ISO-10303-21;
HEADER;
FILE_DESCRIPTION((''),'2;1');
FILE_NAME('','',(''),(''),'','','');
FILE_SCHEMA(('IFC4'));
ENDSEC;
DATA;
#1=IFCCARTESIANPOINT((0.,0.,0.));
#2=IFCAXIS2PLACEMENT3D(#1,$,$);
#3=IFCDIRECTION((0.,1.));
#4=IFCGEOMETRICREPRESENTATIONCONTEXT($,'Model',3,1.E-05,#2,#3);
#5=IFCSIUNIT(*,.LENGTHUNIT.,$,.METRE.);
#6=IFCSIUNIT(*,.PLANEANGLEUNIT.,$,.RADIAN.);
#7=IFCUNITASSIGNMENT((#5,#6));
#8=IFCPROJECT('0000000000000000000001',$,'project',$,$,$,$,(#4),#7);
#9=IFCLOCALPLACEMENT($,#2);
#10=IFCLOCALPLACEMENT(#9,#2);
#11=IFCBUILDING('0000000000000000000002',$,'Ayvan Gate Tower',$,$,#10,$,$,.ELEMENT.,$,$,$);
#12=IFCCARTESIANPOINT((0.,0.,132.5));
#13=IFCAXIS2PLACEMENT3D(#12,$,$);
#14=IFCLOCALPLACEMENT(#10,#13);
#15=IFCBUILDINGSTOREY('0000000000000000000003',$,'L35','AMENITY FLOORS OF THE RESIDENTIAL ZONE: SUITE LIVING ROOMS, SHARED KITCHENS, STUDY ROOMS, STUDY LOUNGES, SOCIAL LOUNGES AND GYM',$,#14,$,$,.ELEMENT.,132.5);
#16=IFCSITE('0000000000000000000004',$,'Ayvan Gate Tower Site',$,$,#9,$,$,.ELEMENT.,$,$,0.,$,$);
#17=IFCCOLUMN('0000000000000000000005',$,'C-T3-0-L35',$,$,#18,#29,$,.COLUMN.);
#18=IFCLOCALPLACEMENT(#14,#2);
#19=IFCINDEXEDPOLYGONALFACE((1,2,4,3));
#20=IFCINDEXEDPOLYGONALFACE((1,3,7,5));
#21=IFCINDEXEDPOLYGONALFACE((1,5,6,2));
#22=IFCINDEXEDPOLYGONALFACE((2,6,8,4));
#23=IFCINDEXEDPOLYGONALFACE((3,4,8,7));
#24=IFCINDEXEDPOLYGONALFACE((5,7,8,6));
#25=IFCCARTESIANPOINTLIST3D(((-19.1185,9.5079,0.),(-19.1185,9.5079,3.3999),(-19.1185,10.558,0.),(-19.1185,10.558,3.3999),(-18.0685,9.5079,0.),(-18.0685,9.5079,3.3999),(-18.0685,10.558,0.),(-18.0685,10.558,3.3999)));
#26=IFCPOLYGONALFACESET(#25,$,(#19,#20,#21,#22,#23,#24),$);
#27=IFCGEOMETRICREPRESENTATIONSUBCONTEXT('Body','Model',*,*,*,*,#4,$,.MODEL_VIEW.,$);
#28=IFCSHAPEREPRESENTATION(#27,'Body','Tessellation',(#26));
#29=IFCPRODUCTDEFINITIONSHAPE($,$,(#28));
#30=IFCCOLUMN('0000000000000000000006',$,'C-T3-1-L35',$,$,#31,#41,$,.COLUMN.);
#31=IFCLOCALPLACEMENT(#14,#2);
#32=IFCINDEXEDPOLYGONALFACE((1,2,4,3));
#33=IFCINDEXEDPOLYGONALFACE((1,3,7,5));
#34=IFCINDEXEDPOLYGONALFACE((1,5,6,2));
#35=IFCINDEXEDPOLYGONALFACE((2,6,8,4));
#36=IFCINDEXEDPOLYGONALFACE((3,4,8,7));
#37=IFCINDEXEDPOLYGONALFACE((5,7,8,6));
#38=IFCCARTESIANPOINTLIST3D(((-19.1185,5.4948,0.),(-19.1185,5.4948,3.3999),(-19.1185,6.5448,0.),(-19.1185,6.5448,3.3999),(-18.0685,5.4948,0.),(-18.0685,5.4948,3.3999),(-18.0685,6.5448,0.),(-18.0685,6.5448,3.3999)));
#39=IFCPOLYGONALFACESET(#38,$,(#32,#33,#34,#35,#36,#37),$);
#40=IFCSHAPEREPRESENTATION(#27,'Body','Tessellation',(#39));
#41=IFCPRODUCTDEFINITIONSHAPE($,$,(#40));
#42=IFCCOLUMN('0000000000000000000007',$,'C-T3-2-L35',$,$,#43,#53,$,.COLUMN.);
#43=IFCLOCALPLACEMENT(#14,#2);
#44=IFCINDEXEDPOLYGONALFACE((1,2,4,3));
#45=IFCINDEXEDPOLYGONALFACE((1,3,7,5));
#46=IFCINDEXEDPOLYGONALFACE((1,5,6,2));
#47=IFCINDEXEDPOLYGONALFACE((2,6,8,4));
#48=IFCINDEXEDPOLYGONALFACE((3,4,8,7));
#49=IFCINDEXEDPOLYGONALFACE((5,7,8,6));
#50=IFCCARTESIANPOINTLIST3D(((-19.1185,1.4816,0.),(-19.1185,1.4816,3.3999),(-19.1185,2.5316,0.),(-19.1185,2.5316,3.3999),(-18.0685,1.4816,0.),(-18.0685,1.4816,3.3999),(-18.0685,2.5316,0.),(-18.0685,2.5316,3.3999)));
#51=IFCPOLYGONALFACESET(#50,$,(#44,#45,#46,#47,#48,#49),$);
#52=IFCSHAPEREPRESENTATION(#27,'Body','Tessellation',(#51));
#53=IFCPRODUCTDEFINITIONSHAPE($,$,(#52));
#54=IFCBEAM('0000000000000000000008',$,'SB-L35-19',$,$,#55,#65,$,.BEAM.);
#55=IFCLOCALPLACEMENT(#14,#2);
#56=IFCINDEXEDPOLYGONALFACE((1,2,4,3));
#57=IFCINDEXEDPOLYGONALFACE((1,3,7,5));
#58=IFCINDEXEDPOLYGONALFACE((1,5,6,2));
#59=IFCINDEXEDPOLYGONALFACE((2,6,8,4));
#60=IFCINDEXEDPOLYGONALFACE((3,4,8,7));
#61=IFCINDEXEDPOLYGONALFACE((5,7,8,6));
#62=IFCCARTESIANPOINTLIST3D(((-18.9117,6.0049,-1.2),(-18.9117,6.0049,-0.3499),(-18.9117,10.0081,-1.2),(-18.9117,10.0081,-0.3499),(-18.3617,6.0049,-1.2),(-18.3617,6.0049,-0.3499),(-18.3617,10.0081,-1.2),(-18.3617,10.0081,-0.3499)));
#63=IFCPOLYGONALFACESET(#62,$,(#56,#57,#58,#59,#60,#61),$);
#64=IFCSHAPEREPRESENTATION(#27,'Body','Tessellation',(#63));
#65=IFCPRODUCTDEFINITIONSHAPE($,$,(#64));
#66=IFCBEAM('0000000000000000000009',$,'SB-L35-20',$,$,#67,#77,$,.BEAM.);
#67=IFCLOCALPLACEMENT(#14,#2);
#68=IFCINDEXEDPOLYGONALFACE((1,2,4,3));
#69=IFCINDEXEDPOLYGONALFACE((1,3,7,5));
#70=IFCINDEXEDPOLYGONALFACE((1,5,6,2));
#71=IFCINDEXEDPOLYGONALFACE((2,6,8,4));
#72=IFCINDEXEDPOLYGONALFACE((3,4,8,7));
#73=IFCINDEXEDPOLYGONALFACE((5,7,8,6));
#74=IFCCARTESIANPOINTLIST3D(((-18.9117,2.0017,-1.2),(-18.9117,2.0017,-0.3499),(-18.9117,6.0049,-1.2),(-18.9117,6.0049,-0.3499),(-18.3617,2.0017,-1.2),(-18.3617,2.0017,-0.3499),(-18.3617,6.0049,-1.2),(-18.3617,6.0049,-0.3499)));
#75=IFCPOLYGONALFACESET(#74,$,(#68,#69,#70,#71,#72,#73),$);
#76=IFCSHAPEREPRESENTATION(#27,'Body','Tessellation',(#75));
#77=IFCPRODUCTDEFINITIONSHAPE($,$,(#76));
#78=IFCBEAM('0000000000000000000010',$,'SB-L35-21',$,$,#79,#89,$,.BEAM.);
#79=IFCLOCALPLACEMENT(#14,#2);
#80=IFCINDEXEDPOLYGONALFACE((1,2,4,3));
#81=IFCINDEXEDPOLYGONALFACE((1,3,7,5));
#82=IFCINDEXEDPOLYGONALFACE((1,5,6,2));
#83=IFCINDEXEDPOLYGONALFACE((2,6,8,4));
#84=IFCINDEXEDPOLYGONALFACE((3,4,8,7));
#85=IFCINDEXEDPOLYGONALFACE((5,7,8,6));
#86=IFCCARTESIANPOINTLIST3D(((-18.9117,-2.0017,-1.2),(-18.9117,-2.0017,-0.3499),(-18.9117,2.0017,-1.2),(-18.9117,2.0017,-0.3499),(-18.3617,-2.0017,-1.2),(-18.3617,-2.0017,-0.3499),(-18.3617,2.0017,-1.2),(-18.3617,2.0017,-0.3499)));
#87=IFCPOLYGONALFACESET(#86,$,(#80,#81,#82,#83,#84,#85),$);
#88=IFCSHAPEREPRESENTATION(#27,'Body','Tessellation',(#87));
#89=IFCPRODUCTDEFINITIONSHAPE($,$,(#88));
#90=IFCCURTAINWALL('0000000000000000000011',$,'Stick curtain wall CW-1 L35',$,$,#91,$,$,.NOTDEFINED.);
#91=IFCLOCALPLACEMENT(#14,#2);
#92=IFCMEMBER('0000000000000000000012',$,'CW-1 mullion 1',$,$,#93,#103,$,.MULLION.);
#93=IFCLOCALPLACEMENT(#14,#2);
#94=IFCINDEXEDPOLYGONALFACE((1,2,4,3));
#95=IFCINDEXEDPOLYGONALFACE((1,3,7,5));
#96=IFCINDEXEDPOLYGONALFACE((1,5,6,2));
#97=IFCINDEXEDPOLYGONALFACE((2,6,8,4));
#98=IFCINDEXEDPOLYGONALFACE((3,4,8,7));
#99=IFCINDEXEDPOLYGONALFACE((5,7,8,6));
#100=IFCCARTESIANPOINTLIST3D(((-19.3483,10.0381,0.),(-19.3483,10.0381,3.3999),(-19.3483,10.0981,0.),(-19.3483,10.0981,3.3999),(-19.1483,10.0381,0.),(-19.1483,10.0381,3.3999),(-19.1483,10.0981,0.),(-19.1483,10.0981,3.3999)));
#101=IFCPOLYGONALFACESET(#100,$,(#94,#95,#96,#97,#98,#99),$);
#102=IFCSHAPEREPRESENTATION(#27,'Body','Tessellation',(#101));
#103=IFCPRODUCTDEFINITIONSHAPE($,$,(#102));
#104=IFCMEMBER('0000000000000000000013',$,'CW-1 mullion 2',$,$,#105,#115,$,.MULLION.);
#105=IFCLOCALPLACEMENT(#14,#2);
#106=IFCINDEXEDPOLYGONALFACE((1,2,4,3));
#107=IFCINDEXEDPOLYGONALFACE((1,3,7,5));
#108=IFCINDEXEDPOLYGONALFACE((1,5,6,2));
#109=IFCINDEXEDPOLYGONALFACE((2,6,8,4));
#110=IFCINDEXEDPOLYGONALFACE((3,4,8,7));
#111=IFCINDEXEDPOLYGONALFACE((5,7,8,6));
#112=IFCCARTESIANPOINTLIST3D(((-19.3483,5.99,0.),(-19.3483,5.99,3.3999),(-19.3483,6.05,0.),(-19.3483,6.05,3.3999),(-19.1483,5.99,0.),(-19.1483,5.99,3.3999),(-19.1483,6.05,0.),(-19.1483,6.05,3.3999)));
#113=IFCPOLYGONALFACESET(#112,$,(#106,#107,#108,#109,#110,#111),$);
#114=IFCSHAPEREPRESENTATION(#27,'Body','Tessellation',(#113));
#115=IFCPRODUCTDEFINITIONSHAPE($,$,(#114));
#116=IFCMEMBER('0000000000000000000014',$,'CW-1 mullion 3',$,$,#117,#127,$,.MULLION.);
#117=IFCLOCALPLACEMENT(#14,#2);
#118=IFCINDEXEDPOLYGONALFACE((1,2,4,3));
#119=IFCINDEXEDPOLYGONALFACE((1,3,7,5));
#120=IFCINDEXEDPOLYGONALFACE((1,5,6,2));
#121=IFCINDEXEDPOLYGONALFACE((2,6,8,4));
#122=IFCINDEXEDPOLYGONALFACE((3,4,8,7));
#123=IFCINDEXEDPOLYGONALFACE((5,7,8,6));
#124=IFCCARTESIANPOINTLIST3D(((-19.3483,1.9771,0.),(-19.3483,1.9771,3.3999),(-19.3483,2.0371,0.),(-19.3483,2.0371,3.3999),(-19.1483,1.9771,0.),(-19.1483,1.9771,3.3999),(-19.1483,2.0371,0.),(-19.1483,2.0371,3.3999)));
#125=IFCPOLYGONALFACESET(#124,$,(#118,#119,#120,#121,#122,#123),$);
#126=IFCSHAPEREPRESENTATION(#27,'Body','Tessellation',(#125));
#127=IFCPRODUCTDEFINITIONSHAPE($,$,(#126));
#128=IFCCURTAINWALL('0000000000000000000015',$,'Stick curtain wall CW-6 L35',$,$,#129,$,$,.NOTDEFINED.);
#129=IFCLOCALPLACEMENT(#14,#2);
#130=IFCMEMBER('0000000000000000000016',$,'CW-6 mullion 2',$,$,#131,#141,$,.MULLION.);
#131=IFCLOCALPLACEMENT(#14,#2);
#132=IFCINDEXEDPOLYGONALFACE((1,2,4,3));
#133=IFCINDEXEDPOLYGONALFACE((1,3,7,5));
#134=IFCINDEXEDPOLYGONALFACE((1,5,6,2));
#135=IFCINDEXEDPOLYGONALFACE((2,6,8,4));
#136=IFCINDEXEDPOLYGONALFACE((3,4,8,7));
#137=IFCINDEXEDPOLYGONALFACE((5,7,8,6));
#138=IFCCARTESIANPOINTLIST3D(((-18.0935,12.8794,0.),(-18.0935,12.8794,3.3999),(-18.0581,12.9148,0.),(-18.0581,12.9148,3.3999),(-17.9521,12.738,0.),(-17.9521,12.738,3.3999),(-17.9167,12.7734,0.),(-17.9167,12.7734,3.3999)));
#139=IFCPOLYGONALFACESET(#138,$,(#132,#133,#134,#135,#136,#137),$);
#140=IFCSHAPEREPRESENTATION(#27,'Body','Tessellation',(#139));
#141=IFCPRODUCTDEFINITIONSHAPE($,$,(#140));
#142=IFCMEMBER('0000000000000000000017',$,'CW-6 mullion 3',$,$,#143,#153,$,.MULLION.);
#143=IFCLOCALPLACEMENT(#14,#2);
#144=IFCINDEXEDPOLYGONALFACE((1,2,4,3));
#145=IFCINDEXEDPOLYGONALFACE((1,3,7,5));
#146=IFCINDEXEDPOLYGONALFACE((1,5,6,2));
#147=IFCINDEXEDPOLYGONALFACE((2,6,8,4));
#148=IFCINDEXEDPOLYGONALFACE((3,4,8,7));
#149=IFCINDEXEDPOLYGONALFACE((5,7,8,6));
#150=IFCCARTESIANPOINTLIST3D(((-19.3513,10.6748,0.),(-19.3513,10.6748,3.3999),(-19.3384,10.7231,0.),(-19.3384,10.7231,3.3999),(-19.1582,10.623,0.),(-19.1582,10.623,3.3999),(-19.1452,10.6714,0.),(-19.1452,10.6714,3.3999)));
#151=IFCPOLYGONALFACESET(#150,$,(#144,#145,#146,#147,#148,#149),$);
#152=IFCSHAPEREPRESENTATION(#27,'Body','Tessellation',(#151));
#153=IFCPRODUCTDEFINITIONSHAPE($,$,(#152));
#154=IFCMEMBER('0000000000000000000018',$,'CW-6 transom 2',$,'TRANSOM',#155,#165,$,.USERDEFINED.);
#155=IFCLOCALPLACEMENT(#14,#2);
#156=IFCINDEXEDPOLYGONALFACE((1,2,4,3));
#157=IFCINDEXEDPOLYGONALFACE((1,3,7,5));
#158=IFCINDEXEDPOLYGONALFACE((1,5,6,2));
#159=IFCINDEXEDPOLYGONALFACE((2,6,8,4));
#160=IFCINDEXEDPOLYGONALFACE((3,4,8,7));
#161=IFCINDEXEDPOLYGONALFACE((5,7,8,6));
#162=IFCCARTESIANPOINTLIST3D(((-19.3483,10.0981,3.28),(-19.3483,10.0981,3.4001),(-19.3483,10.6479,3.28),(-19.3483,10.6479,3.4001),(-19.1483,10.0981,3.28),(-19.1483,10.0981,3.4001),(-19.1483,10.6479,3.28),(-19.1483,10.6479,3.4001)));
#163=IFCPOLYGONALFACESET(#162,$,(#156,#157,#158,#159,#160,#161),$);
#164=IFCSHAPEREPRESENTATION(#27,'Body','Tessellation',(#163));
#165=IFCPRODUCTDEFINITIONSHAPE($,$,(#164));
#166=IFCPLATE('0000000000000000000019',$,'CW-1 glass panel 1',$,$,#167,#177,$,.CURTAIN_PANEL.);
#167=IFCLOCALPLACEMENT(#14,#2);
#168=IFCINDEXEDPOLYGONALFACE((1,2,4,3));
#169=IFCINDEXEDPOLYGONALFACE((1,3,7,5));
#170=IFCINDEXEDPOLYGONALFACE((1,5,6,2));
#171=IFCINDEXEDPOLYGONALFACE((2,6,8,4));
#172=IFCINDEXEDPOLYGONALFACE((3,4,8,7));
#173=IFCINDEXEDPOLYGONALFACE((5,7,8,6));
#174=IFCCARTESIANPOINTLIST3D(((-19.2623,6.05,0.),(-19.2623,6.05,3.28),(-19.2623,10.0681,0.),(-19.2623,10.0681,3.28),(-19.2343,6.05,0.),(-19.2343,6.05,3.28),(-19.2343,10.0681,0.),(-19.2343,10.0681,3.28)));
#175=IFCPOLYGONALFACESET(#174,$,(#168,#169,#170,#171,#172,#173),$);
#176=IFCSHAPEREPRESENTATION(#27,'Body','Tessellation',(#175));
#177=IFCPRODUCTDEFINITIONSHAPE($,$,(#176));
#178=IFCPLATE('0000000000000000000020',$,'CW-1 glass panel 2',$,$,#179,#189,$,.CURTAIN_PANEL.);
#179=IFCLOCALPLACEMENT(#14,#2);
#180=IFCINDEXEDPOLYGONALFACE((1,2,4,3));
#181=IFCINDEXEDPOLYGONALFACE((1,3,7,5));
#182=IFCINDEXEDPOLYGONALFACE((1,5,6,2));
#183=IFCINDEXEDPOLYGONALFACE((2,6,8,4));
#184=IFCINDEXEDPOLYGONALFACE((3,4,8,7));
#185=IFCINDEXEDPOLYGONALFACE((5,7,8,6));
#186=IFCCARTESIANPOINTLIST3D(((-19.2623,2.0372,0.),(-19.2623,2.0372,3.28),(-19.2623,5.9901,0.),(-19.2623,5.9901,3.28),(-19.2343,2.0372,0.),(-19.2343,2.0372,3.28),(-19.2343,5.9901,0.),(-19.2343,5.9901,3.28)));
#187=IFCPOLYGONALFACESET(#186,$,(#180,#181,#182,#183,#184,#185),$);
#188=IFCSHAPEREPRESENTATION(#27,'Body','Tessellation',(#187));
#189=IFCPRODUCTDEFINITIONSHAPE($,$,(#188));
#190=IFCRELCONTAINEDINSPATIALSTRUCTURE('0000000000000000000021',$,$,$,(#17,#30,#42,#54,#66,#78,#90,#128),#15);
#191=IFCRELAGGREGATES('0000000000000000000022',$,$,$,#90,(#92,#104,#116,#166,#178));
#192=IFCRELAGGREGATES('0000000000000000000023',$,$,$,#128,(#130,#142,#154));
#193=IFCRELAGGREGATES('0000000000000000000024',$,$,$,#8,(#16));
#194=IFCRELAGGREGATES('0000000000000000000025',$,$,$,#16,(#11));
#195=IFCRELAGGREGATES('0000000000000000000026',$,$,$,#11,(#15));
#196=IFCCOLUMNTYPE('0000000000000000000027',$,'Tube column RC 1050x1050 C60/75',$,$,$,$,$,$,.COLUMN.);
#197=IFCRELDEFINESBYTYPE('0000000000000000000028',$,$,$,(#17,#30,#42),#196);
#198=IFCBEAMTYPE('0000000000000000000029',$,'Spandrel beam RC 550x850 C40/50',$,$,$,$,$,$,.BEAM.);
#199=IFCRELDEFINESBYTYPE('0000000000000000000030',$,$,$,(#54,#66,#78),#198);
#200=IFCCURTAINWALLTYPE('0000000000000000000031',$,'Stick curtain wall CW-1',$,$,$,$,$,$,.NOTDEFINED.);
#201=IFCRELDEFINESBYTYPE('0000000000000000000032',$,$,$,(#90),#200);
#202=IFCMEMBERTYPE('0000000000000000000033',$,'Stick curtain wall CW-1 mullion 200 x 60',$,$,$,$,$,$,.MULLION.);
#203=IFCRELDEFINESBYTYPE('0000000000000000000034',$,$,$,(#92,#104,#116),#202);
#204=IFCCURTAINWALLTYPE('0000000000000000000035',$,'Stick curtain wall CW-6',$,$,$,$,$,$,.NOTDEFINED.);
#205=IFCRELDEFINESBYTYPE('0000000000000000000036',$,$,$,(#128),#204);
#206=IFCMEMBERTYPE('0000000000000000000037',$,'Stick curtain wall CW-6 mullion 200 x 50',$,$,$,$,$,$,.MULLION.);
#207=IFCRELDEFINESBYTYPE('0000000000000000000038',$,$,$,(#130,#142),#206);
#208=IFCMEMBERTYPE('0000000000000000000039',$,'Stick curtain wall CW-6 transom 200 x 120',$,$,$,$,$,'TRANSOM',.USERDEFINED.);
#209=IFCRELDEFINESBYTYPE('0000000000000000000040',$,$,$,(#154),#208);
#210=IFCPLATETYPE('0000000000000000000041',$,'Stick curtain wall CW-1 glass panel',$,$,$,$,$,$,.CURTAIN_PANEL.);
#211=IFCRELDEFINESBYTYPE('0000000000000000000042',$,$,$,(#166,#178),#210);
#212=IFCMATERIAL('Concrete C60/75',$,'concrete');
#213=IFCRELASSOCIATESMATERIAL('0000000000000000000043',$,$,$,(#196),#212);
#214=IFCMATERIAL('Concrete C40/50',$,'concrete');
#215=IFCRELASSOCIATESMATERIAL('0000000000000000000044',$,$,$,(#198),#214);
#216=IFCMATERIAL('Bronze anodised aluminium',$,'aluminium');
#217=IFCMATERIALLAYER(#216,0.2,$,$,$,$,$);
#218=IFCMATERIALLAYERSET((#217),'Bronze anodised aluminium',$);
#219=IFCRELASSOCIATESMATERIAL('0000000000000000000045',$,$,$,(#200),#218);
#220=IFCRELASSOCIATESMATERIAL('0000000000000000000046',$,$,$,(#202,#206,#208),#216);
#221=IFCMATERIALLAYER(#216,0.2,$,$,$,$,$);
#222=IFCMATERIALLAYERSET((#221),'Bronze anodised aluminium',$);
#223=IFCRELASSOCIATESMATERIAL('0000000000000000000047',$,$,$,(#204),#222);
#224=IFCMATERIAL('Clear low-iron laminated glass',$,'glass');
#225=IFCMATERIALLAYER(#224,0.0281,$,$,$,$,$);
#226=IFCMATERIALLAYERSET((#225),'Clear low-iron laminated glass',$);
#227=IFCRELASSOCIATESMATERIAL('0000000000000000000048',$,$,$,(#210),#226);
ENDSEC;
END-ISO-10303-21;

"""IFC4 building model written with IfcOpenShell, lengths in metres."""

from ifc_helpers import new_model, si_unit, direction, frame, origin, origin_2d, place, context, subcontext, project, spatial, rectangle, extrude, material, layer, layer_set, material_profile, profile_set, type_object, element, aggregate, save


model = new_model("IFC4")

# Units and contexts
model_context = context("Model", 3, precision=1e-05, world=origin(), true_north=direction((0.0, 1.0)))
body_context = subcontext(model_context, "Body", "Model", "MODEL_VIEW")
ifc_project = project(units=[si_unit("LENGTHUNIT", "METRE"), si_unit("PLANEANGLEUNIT", "RADIAN")], contexts=[model_context])

# Site, building, storey
site_placement = place(None, origin())
site = spatial("IfcSite", under=ifc_project, at=site_placement, Name="Ayvan Gate Tower Site", CompositionType="ELEMENT", RefElevation=0.0)
building_placement = place(site_placement, origin())
building = spatial("IfcBuilding", under=site, at=building_placement, Name="Ayvan Gate Tower", CompositionType="ELEMENT")
storey_placement = place(building_placement, frame((0.0, 0.0, 132.5)))
storey = spatial("IfcBuildingStorey", under=building, at=storey_placement, Name="L35", Description="AMENITY FLOORS OF THE RESIDENTIAL ZONE: SUITE LIVING ROOMS, SHARED KITCHENS, STUDY ROOMS, STUDY LOUNGES, SOCIAL LOUNGES AND GYM", CompositionType="ELEMENT", Elevation=132.5)

# Columns
ifc_material_1 = material(Name="Concrete C60/75", Category="concrete")
ifc_material_profile_1 = material_profile(ifc_material_1, rectangle(XDim=1.05, YDim=1.05, at=origin_2d()), Name="RC 1050x1050")
ifc_profile_set_1 = profile_set([ifc_material_profile_1], Name="Concrete C60/75")
column_type = type_object("IfcColumnType", Name="Tube column RC 1050x1050 C60/75", PredefinedType="COLUMN", material=ifc_profile_set_1)
for number, where, z_axis, x_axis, name in (
    (1, (-18.5935, 10.033, 0.0), (0.0, 0.0, 1.0), (-1.0, 0.0, 0.0), "C-T3-0-L35"),
    (2, (-18.5935, 6.0198, 0.0), (0.0, 0.0, 1.0), (-1.0, 0.0, 0.0), "C-T3-1-L35"),
    (3, (-18.5935, 2.0066, 0.0), (0.0, 0.0, 1.0), (-1.0, 0.0, 0.0), "C-T3-2-L35"),
):
    element("IfcColumn", number, at=place(storey_placement, frame(where, z_axis=z_axis, x_axis=x_axis)), inside=storey, type_object=column_type, Name=name, PredefinedType="COLUMN", context=body_context, shape_type="SweptSolid", body=[
        extrude(rectangle(XDim=1.05, YDim=1.05, at=origin_2d()), origin(), (0.0, 0.0, 1.0), 3.3999),
    ])

# Beams
ifc_material_2 = material(Name="Concrete C40/50", Category="concrete")
ifc_material_profile_2 = material_profile(ifc_material_2, rectangle(XDim=0.55, YDim=0.8501, at=origin_2d()), Name="RC 550x850")
ifc_profile_set_2 = profile_set([ifc_material_profile_2], Name="Concrete C40/50")
beam_type = type_object("IfcBeamType", Name="Spandrel beam RC 550x850 C40/50", PredefinedType="BEAM", material=ifc_profile_set_2)
for number, where, z_axis, x_axis, name in (
    (4, (-18.6367, 10.0081, -0.7749), (0.0, -1.0, 0.0), (1.0, 0.0, 0.0), "SB-L35-19"),
    (5, (-18.6367, 6.0049, -0.7749), (0.0, -1.0, 0.0), (1.0, 0.0, 0.0), "SB-L35-20"),
):
    element("IfcBeam", number, at=place(storey_placement, frame(where, z_axis=z_axis, x_axis=x_axis)), inside=storey, type_object=beam_type, Name=name, PredefinedType="BEAM", context=body_context, shape_type="SweptSolid", body=[
        extrude(rectangle(XDim=0.55, YDim=0.8501, at=origin_2d()), origin(), (0.0, 0.0, 1.0), 4.0032),
    ])
beam_placement = place(storey_placement, frame((-18.6367, 2.0017, -0.7749), z_axis=(0.0, -1.0, 0.0), x_axis=(1.0, 0.0, 0.0)))
element("IfcBeam", 6, at=beam_placement, inside=storey, type_object=beam_type, Name="SB-L35-21", PredefinedType="BEAM", context=body_context, shape_type="SweptSolid", body=[
    extrude(rectangle(XDim=0.55, YDim=0.8501, at=origin_2d()), origin(), (0.0, 0.0, 1.0), 4.0034),
])

# Curtain walls, members
ifc_material_3 = material(Name="Bronze anodised aluminium", Category="aluminium")
ifc_layer_1 = layer(ifc_material_3, 0.2)
ifc_layer_set_1 = layer_set([ifc_layer_1], Name="Bronze anodised aluminium")
curtain_wall_type_1 = type_object("IfcCurtainWallType", Name="Stick curtain wall CW-1", PredefinedType="NOTDEFINED", material=ifc_layer_set_1)
curtain_wall_1_placement = place(storey_placement, origin())
curtain_wall_1 = element("IfcCurtainWall", 7, at=curtain_wall_1_placement, inside=storey, type_object=curtain_wall_type_1, Name="Stick curtain wall CW-1 L35", PredefinedType="NOTDEFINED")
ifc_material_profile_3 = material_profile(ifc_material_3, rectangle(XDim=0.2, YDim=0.0601, at=origin_2d()), Name="Stick curtain wall CW-1 mullion 200 x 60")
ifc_profile_set_3 = profile_set([ifc_material_profile_3], Name="Bronze anodised aluminium")
member_type_1 = type_object("IfcMemberType", Name="Stick curtain wall CW-1 mullion 200 x 60", PredefinedType="MULLION", material=ifc_profile_set_3)
member_1_placement = place(storey_placement, frame((-19.2483, 10.0681, 0.0), z_axis=(0.0, 0.0, 1.0), x_axis=(-1.0, 0.0, 0.0)))
member_1 = element("IfcMember", 8, at=member_1_placement, type_object=member_type_1, Name="CW-1 mullion 1", PredefinedType="MULLION", context=body_context, shape_type="SweptSolid", body=[
    extrude(rectangle(XDim=0.2, YDim=0.0601, at=origin_2d()), origin(), (0.0, 0.0, 1.0), 3.3999),
])
member_2_placement = place(storey_placement, frame((-19.2483, 6.02, 0.0), z_axis=(0.0, 0.0, 1.0), x_axis=(-1.0, 0.0, 0.0)))
member_2 = element("IfcMember", 9, at=member_2_placement, type_object=member_type_1, Name="CW-1 mullion 2", PredefinedType="MULLION", context=body_context, shape_type="SweptSolid", body=[
    extrude(rectangle(XDim=0.2, YDim=0.0601, at=origin_2d()), origin(), (0.0, 0.0, 1.0), 3.3999),
])
member_3_placement = place(storey_placement, frame((-19.2483, 2.0071, 0.0), z_axis=(0.0, 0.0, 1.0), x_axis=(-1.0, 0.0, 0.0)))
member_3 = element("IfcMember", 10, at=member_3_placement, type_object=member_type_1, Name="CW-1 mullion 3", PredefinedType="MULLION", context=body_context, shape_type="SweptSolid", body=[
    extrude(rectangle(XDim=0.2, YDim=0.0601, at=origin_2d()), origin(), (0.0, 0.0, 1.0), 3.3999),
])
ifc_layer_2 = layer(ifc_material_3, 0.2)
ifc_layer_set_2 = layer_set([ifc_layer_2], Name="Bronze anodised aluminium")
curtain_wall_type_2 = type_object("IfcCurtainWallType", Name="Stick curtain wall CW-6", PredefinedType="NOTDEFINED", material=ifc_layer_set_2)
curtain_wall_2_placement = place(storey_placement, origin())
curtain_wall_2 = element("IfcCurtainWall", 11, at=curtain_wall_2_placement, inside=storey, type_object=curtain_wall_type_2, Name="Stick curtain wall CW-6 L35", PredefinedType="NOTDEFINED")
ifc_material_profile_4 = material_profile(ifc_material_3, rectangle(XDim=0.2, YDim=0.05, at=origin_2d()), Name="Stick curtain wall CW-6 mullion 200 x 50")
ifc_profile_set_4 = profile_set([ifc_material_profile_4], Name="Bronze anodised aluminium")
member_type_2 = type_object("IfcMemberType", Name="Stick curtain wall CW-6 mullion 200 x 50", PredefinedType="MULLION", material=ifc_profile_set_4)
member_4_placement = place(storey_placement, frame((-18.0051, 12.8264, 0.0), z_axis=(0.0, 0.0, 1.0), x_axis=(-0.707107, 0.707107, 0.0)))
member_4 = element("IfcMember", 12, at=member_4_placement, type_object=member_type_2, Name="CW-6 mullion 2", PredefinedType="MULLION", context=body_context, shape_type="SweptSolid", body=[
    extrude(rectangle(XDim=0.2, YDim=0.05, at=origin_2d()), origin(), (0.0, 0.0, 1.0), 3.3999),
])
member_5_placement = place(storey_placement, frame((-19.2483, 10.6731, 0.0), z_axis=(0.0, 0.0, 1.0), x_axis=(-0.965926, 0.258819, 0.0)))
member_5 = element("IfcMember", 13, at=member_5_placement, type_object=member_type_2, Name="CW-6 mullion 3", PredefinedType="MULLION", context=body_context, shape_type="SweptSolid", body=[
    extrude(rectangle(XDim=0.2, YDim=0.05, at=origin_2d()), origin(), (0.0, 0.0, 1.0), 3.3999),
])
ifc_material_profile_5 = material_profile(ifc_material_3, rectangle(XDim=0.2, YDim=0.1201, at=origin_2d()), Name="Stick curtain wall CW-6 transom 200 x 120")
ifc_profile_set_5 = profile_set([ifc_material_profile_5], Name="Bronze anodised aluminium")
member_type_3 = type_object("IfcMemberType", Name="Stick curtain wall CW-6 transom 200 x 120", ElementType="TRANSOM", PredefinedType="USERDEFINED", material=ifc_profile_set_5)
member_6_placement = place(storey_placement, frame((-19.2483, 10.6479, 3.3401), z_axis=(0.0, -1.0, 0.0), x_axis=(1.0, 0.0, 0.0)))
member_6 = element("IfcMember", 14, at=member_6_placement, type_object=member_type_3, Name="CW-6 transom 2", ObjectType="TRANSOM", PredefinedType="USERDEFINED", context=body_context, shape_type="SweptSolid", body=[
    extrude(rectangle(XDim=0.2, YDim=0.1201, at=origin_2d()), origin(), (0.0, 0.0, 1.0), 0.5498),
])

# Plates
ifc_material_4 = material(Name="Clear low-iron laminated glass", Category="glass")
ifc_layer_3 = layer(ifc_material_4, 0.0281)
ifc_layer_set_3 = layer_set([ifc_layer_3], Name="Clear low-iron laminated glass")
plate_type_1 = type_object("IfcPlateType", Name="Stick curtain wall CW-1 glass panel", PredefinedType="CURTAIN_PANEL", material=ifc_layer_set_3)
plate_1_placement = place(storey_placement, frame((-19.2483, 8.0591, 0.0), z_axis=(0.0, 0.0, 1.0), x_axis=(0.0, -1.0, 0.0)))
plate_1 = element("IfcPlate", 15, at=plate_1_placement, type_object=plate_type_1, Name="CW-1 glass panel 1", PredefinedType="CURTAIN_PANEL", context=body_context, shape_type="SweptSolid", body=[
    extrude(rectangle(XDim=4.0181, YDim=0.0281, at=origin_2d()), origin(), (0.0, 0.0, 1.0), 3.28),
])
plate_2_placement = place(storey_placement, frame((-19.2483, 4.0137, 0.0), z_axis=(0.0, 0.0, 1.0), x_axis=(0.0, -1.0, 0.0)))
plate_2 = element("IfcPlate", 16, at=plate_2_placement, type_object=plate_type_1, Name="CW-1 glass panel 2", PredefinedType="CURTAIN_PANEL", context=body_context, shape_type="SweptSolid", body=[
    extrude(rectangle(XDim=3.9529, YDim=0.0281, at=origin_2d()), origin(), (0.0, 0.0, 1.0), 3.28),
])
aggregate(curtain_wall_1, [member_1, member_2, member_3, plate_1, plate_2])
aggregate(curtain_wall_2, [member_4, member_5, member_6])

save(model, "model.ifc")
